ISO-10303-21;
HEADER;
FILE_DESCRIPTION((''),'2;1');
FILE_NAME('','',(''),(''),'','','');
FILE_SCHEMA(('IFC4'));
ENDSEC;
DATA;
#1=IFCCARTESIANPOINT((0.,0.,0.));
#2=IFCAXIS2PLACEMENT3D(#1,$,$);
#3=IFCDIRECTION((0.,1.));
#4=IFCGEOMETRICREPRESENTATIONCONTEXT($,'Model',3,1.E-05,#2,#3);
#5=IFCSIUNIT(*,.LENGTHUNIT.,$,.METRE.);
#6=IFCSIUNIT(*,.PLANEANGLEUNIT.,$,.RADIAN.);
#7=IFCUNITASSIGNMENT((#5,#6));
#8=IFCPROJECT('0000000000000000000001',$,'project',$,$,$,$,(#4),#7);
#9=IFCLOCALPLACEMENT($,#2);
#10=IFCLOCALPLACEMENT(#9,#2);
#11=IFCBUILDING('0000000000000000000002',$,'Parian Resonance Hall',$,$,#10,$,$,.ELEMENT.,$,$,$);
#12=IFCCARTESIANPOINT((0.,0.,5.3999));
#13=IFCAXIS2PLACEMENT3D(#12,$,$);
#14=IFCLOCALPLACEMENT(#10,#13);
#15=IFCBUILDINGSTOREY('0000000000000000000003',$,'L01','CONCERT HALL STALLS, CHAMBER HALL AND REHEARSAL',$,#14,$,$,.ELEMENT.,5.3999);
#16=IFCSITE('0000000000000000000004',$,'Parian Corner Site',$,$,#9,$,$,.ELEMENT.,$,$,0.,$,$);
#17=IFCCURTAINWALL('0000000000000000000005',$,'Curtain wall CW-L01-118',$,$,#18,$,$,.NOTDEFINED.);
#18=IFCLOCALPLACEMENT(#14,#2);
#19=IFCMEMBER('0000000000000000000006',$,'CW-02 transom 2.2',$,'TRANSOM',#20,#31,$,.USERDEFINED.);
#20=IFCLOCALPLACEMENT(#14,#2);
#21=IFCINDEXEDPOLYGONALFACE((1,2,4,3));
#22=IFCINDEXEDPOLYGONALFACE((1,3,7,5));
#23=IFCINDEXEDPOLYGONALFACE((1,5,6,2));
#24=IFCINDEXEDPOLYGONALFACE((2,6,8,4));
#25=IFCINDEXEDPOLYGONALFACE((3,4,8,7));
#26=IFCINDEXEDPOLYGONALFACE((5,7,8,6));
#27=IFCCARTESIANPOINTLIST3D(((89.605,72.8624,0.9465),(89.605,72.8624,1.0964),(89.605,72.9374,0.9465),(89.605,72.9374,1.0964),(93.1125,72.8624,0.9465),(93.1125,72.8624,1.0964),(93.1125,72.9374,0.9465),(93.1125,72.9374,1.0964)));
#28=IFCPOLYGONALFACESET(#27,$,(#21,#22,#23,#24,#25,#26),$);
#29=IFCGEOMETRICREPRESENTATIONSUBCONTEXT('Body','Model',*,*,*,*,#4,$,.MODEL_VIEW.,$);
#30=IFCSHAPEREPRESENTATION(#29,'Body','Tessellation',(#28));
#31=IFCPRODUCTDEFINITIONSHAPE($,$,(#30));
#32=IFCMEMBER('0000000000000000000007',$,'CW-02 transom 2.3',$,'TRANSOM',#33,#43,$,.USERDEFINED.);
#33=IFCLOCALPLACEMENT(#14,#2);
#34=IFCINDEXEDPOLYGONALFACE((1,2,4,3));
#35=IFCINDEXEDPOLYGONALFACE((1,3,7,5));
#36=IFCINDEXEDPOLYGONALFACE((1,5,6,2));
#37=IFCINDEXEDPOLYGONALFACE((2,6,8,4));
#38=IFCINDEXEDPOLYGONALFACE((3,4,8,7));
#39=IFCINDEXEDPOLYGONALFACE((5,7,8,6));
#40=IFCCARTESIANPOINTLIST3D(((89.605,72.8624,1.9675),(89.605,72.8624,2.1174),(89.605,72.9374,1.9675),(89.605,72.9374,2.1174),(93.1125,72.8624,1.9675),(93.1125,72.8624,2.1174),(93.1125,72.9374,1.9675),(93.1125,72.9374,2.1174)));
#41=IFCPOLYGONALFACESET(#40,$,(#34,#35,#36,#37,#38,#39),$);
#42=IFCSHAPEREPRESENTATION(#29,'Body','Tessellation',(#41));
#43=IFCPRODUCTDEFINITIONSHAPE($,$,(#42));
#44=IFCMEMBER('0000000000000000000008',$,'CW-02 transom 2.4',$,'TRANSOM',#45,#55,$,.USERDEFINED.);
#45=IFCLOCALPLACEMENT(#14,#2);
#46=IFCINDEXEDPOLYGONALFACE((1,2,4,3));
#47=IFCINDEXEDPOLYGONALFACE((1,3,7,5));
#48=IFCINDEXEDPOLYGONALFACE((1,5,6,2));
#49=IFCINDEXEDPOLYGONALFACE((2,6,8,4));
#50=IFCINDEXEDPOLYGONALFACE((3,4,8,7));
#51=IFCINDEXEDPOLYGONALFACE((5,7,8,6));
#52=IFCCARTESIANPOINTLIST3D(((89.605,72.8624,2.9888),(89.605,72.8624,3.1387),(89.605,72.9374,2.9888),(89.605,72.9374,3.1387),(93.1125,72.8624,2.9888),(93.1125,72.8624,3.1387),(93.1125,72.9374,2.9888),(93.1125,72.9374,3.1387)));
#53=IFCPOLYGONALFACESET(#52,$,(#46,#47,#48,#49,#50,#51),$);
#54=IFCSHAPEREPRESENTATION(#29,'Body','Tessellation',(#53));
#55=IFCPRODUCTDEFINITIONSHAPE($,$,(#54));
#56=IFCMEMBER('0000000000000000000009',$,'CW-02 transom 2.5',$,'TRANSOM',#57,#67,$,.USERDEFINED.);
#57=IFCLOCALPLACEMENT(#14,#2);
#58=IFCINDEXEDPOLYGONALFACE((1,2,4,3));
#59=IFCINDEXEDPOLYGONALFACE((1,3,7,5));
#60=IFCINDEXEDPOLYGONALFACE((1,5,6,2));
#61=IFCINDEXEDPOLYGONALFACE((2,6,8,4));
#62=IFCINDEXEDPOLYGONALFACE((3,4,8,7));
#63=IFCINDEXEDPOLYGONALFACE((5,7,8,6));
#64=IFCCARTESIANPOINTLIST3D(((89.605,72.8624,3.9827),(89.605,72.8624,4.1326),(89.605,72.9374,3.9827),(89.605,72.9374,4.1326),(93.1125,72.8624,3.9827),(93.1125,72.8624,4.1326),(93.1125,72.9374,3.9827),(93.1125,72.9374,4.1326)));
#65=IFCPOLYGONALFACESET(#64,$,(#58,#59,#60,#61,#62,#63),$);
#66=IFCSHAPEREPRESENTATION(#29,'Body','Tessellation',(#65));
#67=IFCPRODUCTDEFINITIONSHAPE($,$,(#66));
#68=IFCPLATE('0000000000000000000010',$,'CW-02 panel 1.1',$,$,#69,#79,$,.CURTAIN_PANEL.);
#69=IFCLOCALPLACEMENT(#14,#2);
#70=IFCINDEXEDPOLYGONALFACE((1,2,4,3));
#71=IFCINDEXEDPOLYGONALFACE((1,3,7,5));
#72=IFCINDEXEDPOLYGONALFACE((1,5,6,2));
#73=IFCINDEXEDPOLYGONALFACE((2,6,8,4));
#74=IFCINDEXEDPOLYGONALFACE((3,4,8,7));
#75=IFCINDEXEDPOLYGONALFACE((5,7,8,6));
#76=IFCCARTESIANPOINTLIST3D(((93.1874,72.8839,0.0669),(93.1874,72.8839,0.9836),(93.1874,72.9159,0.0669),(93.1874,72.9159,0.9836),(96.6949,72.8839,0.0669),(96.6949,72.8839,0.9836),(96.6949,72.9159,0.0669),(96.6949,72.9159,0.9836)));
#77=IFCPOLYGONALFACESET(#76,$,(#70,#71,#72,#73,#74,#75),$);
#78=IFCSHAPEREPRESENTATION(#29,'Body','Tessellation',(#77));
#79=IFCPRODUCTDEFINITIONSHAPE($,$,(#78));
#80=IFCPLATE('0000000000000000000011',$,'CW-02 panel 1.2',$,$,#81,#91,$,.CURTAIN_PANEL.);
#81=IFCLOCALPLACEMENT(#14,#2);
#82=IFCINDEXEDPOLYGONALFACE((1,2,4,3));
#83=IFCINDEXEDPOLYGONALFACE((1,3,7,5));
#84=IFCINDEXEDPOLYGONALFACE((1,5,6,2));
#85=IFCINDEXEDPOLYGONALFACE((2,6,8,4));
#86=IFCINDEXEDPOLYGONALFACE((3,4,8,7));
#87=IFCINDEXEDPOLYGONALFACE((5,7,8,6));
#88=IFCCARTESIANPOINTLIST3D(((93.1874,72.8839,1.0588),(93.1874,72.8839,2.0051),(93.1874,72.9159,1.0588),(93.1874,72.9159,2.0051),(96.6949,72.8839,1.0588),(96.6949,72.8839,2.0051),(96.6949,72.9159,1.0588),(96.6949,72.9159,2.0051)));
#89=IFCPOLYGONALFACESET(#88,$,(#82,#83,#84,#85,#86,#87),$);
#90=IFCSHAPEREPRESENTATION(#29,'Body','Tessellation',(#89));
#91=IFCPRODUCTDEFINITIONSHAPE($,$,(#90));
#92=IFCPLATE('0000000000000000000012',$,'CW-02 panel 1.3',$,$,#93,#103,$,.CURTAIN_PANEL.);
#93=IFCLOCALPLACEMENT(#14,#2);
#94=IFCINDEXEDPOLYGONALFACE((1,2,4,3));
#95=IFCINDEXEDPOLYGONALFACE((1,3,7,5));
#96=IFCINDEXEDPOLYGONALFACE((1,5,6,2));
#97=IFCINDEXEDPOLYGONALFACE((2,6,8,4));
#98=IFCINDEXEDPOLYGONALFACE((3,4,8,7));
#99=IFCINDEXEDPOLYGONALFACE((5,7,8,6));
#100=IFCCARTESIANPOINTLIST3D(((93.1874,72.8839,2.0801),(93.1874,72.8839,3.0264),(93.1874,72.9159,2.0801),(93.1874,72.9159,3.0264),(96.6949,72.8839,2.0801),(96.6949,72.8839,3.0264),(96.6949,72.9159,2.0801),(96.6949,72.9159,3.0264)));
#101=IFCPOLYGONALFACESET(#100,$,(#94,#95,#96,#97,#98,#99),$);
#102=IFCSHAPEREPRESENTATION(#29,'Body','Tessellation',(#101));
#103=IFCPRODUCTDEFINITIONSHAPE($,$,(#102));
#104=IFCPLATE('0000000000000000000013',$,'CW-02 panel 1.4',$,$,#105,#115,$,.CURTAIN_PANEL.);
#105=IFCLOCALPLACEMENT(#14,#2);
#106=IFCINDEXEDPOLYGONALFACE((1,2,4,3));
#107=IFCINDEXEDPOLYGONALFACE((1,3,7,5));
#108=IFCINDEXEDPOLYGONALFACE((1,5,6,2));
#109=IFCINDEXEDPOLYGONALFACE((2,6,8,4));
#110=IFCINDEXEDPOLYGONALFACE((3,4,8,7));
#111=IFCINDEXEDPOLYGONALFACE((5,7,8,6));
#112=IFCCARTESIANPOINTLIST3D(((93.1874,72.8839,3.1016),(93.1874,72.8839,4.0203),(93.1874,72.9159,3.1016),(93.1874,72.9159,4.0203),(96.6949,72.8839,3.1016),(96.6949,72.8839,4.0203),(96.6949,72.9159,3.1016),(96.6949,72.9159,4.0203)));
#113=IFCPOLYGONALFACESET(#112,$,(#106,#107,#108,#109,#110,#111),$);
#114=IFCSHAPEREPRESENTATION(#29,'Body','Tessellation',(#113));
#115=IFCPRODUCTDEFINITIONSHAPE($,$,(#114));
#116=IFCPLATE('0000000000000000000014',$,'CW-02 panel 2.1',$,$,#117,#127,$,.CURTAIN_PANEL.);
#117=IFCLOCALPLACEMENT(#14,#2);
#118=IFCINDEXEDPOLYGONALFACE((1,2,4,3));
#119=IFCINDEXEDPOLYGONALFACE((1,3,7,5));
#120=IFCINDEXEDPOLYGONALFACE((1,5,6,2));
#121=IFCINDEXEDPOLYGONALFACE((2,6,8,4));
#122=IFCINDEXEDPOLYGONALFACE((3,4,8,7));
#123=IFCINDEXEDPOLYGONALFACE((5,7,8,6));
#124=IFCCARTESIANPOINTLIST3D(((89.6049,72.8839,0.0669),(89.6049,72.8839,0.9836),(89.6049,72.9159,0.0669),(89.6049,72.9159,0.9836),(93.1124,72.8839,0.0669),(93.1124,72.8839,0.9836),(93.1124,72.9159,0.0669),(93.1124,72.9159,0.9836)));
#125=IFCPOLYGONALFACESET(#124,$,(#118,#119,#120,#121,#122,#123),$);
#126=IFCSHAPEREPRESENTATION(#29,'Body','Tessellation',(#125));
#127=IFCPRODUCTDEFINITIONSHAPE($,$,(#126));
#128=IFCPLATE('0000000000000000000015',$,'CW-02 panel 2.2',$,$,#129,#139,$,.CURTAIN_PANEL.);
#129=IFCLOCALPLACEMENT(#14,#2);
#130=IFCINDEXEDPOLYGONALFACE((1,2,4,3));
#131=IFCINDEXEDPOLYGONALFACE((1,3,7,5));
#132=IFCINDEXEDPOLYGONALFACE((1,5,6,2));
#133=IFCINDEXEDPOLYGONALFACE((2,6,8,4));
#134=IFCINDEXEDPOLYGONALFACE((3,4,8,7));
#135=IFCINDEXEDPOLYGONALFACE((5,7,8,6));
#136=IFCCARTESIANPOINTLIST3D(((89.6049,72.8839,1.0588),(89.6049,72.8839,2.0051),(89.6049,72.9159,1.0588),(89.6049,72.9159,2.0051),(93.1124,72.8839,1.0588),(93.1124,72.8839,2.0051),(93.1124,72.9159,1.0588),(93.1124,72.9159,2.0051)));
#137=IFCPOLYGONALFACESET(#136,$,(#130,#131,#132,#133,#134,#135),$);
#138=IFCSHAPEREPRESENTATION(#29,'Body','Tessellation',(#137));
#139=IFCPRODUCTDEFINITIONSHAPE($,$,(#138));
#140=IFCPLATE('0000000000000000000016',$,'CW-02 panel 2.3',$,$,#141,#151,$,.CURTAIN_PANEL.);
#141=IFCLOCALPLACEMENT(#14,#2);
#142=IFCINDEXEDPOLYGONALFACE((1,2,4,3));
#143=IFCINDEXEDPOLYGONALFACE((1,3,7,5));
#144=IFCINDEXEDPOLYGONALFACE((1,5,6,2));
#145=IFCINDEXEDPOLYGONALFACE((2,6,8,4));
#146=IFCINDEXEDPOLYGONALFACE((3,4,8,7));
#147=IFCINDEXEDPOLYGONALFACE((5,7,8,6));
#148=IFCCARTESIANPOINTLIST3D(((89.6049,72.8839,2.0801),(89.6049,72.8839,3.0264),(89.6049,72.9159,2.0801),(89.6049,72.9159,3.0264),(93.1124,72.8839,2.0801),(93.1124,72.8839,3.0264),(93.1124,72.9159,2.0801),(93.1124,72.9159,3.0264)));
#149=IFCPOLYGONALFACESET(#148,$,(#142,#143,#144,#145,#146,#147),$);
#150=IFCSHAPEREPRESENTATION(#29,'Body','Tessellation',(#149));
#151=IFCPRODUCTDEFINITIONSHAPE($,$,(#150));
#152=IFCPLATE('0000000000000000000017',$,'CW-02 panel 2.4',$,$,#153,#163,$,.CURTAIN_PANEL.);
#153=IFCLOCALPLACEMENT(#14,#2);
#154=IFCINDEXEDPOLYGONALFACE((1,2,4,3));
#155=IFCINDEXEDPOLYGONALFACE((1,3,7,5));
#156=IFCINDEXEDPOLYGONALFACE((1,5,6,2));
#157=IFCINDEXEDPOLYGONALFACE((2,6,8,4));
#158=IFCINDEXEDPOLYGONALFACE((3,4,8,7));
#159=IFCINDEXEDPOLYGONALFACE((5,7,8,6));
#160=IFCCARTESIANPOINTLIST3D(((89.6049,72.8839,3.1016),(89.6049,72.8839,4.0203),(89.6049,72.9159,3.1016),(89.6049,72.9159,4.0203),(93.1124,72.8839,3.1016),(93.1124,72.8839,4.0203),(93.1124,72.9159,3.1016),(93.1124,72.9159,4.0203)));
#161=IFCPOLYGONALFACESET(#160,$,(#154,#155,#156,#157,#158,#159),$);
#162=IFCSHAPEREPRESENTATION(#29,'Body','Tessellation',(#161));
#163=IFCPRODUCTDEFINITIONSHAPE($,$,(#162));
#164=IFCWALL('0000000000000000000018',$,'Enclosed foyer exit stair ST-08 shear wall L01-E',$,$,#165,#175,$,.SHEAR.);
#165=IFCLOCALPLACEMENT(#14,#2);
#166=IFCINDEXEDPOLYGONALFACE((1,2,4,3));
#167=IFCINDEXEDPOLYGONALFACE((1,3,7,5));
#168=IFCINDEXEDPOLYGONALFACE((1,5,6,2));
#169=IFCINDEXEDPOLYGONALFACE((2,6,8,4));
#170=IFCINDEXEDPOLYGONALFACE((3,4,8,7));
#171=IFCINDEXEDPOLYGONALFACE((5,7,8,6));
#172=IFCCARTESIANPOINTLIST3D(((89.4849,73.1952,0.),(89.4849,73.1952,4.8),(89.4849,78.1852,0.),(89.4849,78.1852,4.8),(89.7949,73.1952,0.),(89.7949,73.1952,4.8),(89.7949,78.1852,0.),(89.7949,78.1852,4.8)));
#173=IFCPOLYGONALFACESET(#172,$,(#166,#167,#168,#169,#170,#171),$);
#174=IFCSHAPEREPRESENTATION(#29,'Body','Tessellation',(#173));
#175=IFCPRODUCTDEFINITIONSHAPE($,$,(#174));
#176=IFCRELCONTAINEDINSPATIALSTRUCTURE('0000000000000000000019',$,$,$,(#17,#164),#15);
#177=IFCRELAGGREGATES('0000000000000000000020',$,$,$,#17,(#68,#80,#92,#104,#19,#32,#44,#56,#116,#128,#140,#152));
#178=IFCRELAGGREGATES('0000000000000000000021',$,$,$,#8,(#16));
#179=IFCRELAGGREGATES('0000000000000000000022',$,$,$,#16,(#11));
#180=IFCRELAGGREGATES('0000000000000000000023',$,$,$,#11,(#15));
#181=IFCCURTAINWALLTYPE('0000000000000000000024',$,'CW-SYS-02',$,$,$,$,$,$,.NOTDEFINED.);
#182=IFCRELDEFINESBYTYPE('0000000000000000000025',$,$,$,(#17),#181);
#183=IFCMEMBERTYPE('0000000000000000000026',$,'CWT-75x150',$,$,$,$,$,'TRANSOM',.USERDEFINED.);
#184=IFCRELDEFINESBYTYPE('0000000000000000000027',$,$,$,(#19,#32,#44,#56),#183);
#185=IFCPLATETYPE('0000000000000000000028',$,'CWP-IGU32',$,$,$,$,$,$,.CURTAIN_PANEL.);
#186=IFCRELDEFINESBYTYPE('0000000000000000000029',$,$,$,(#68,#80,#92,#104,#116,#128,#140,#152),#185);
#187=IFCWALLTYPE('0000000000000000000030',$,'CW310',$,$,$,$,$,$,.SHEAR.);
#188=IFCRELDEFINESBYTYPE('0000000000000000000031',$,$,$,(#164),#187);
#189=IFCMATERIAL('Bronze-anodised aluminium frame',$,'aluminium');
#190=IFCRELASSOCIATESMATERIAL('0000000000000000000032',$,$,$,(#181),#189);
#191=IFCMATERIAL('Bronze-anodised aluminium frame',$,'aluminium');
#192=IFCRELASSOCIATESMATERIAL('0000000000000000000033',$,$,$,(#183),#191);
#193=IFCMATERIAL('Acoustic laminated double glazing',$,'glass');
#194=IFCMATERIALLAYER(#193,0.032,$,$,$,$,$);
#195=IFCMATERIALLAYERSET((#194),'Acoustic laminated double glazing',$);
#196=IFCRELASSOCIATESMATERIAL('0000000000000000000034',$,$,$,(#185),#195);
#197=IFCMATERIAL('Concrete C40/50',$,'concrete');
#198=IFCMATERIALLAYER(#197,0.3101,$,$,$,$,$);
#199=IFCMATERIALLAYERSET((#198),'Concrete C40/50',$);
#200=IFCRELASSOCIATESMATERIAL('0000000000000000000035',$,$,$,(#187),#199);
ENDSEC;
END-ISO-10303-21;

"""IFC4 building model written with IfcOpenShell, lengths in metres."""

from ifc_helpers import new_model, si_unit, direction, frame, frame_2d, origin, origin_2d, place, context, subcontext, project, spatial, rectangle, extrude, material, layer, layer_set, material_profile, profile_set, type_object, element, aggregate, save


model = new_model("IFC4")

# Units and contexts
model_context = context("Model", 3, precision=1e-05, world=origin(), true_north=direction((0.0, 1.0)))
body_context = subcontext(model_context, "Body", "Model", "MODEL_VIEW")
ifc_project = project(units=[si_unit("LENGTHUNIT", "METRE"), si_unit("PLANEANGLEUNIT", "RADIAN")], contexts=[model_context])

# Site, building, storey
site_placement = place(None, origin())
site = spatial("IfcSite", under=ifc_project, at=site_placement, Name="Parian Corner Site", CompositionType="ELEMENT", RefElevation=0.0)
building_placement = place(site_placement, origin())
building = spatial("IfcBuilding", under=site, at=building_placement, Name="Parian Resonance Hall", CompositionType="ELEMENT")
storey_placement = place(building_placement, frame((0.0, 0.0, 5.3999)))
storey = spatial("IfcBuildingStorey", under=building, at=storey_placement, Name="L01", Description="CONCERT HALL STALLS, CHAMBER HALL AND REHEARSAL", CompositionType="ELEMENT", Elevation=5.3999)

# Curtain wall, members, plates
ifc_material_1 = material(Name="Bronze-anodised aluminium frame", Category="aluminium")
curtain_wall_type = type_object("IfcCurtainWallType", Name="CW-SYS-02", PredefinedType="NOTDEFINED", material=ifc_material_1)
curtain_wall_placement = place(storey_placement, origin())
curtain_wall = element("IfcCurtainWall", 1, at=curtain_wall_placement, inside=storey, type_object=curtain_wall_type, Name="Curtain wall CW-L01-118", PredefinedType="NOTDEFINED")
ifc_material_2 = material(Name="Bronze-anodised aluminium frame", Category="aluminium")
ifc_material_profile_1 = material_profile(ifc_material_2, rectangle(XDim=0.075, YDim=0.1499, at=origin_2d()), Name="CWT-75x150")
ifc_profile_set_1 = profile_set([ifc_material_profile_1], Name="Bronze-anodised aluminium frame")
member_type_1 = type_object("IfcMemberType", Name="CWT-75x150", ElementType="TRANSOM", PredefinedType="USERDEFINED", material=ifc_profile_set_1)
member_1_placement = place(storey_placement, frame((93.1125, 72.8999, 1.0215), z_axis=(-1.0, 0.0, 0.0), x_axis=(0.0, -1.0, 0.0)))
member_1 = element("IfcMember", 2, at=member_1_placement, type_object=member_type_1, Name="CW-02 transom 2.2", ObjectType="TRANSOM", PredefinedType="USERDEFINED", context=body_context, shape_type="SweptSolid", body=[
    extrude(rectangle(XDim=0.075, YDim=0.1499, at=origin_2d()), origin(), (0.0, 0.0, 1.0), 3.5076),
])
member_2_placement = place(storey_placement, frame((93.1125, 72.8999, 2.0425), z_axis=(-1.0, 0.0, 0.0), x_axis=(0.0, -1.0, 0.0)))
member_2 = element("IfcMember", 3, at=member_2_placement, type_object=member_type_1, Name="CW-02 transom 2.3", ObjectType="TRANSOM", PredefinedType="USERDEFINED", context=body_context, shape_type="SweptSolid", body=[
    extrude(rectangle(XDim=0.075, YDim=0.1499, at=origin_2d()), origin(), (0.0, 0.0, 1.0), 3.5076),
])
member_3_placement = place(storey_placement, frame((93.1125, 72.8999, 3.0637), z_axis=(-1.0, 0.0, 0.0), x_axis=(0.0, -1.0, 0.0)))
member_3 = element("IfcMember", 4, at=member_3_placement, type_object=member_type_1, Name="CW-02 transom 2.4", ObjectType="TRANSOM", PredefinedType="USERDEFINED", context=body_context, shape_type="SweptSolid", body=[
    extrude(rectangle(XDim=0.075, YDim=0.1499, at=origin_2d()), origin(), (0.0, 0.0, 1.0), 3.5076),
])
member_4_placement = place(storey_placement, frame((93.1125, 72.8999, 4.0576), z_axis=(-1.0, 0.0, 0.0), x_axis=(0.0, -1.0, 0.0)))
member_4 = element("IfcMember", 5, at=member_4_placement, type_object=member_type_1, Name="CW-02 transom 2.5", ObjectType="TRANSOM", PredefinedType="USERDEFINED", context=body_context, shape_type="SweptSolid", body=[
    extrude(rectangle(XDim=0.075, YDim=0.1499, at=origin_2d()), origin(), (0.0, 0.0, 1.0), 3.5076),
])
ifc_material_3 = material(Name="Acoustic laminated double glazing", Category="glass")
ifc_layer_1 = layer(ifc_material_3, 0.032)
ifc_layer_set_1 = layer_set([ifc_layer_1], Name="Acoustic laminated double glazing")
plate_type = type_object("IfcPlateType", Name="CWP-IGU32", PredefinedType="CURTAIN_PANEL", material=ifc_layer_set_1)
plate_1_placement = place(storey_placement, frame((94.9412, 72.8999, 0.0669), z_axis=(0.0, 0.0, 1.0), x_axis=(-1.0, 0.0, 0.0)))
plate_1 = element("IfcPlate", 6, at=plate_1_placement, type_object=plate_type, Name="CW-02 panel 1.1", PredefinedType="CURTAIN_PANEL", context=body_context, shape_type="SweptSolid", body=[
    extrude(rectangle(XDim=3.5076, YDim=0.032, at=origin_2d()), origin(), (0.0, 0.0, 1.0), 0.9167),
])
plate_2_placement = place(storey_placement, frame((94.9412, 72.8999, 1.0588), z_axis=(0.0, 0.0, 1.0), x_axis=(-1.0, 0.0, 0.0)))
plate_2 = element("IfcPlate", 7, at=plate_2_placement, type_object=plate_type, Name="CW-02 panel 1.2", PredefinedType="CURTAIN_PANEL", context=body_context, shape_type="SweptSolid", body=[
    extrude(rectangle(XDim=3.5076, YDim=0.032, at=origin_2d()), origin(), (0.0, 0.0, 1.0), 0.9463),
])
plate_3_placement = place(storey_placement, frame((94.9412, 72.8999, 2.0801), z_axis=(0.0, 0.0, 1.0), x_axis=(-1.0, 0.0, 0.0)))
plate_3 = element("IfcPlate", 8, at=plate_3_placement, type_object=plate_type, Name="CW-02 panel 1.3", PredefinedType="CURTAIN_PANEL", context=body_context, shape_type="SweptSolid", body=[
    extrude(rectangle(XDim=3.5076, YDim=0.032, at=origin_2d()), origin(), (0.0, 0.0, 1.0), 0.9463),
])
plate_4_placement = place(storey_placement, frame((94.9412, 72.8999, 3.1016), z_axis=(0.0, 0.0, 1.0), x_axis=(-1.0, 0.0, 0.0)))
plate_4 = element("IfcPlate", 9, at=plate_4_placement, type_object=plate_type, Name="CW-02 panel 1.4", PredefinedType="CURTAIN_PANEL", context=body_context, shape_type="SweptSolid", body=[
    extrude(rectangle(XDim=3.5076, YDim=0.032, at=origin_2d()), origin(), (0.0, 0.0, 1.0), 0.9187),
])
plate_5_placement = place(storey_placement, frame((91.3586, 72.8999, 0.0669), z_axis=(0.0, 0.0, 1.0), x_axis=(-1.0, 0.0, 0.0)))
plate_5 = element("IfcPlate", 10, at=plate_5_placement, type_object=plate_type, Name="CW-02 panel 2.1", PredefinedType="CURTAIN_PANEL", context=body_context, shape_type="SweptSolid", body=[
    extrude(rectangle(XDim=3.5076, YDim=0.032, at=origin_2d()), origin(), (0.0, 0.0, 1.0), 0.9167),
])
plate_6_placement = place(storey_placement, frame((91.3586, 72.8999, 1.0588), z_axis=(0.0, 0.0, 1.0), x_axis=(-1.0, 0.0, 0.0)))
plate_6 = element("IfcPlate", 11, at=plate_6_placement, type_object=plate_type, Name="CW-02 panel 2.2", PredefinedType="CURTAIN_PANEL", context=body_context, shape_type="SweptSolid", body=[
    extrude(rectangle(XDim=3.5076, YDim=0.032, at=origin_2d()), origin(), (0.0, 0.0, 1.0), 0.9463),
])
plate_7_placement = place(storey_placement, frame((91.3586, 72.8999, 2.0801), z_axis=(0.0, 0.0, 1.0), x_axis=(-1.0, 0.0, 0.0)))
plate_7 = element("IfcPlate", 12, at=plate_7_placement, type_object=plate_type, Name="CW-02 panel 2.3", PredefinedType="CURTAIN_PANEL", context=body_context, shape_type="SweptSolid", body=[
    extrude(rectangle(XDim=3.5076, YDim=0.032, at=origin_2d()), origin(), (0.0, 0.0, 1.0), 0.9463),
])
plate_8_placement = place(storey_placement, frame((91.3586, 72.8999, 3.1016), z_axis=(0.0, 0.0, 1.0), x_axis=(-1.0, 0.0, 0.0)))
plate_8 = element("IfcPlate", 13, at=plate_8_placement, type_object=plate_type, Name="CW-02 panel 2.4", PredefinedType="CURTAIN_PANEL", context=body_context, shape_type="SweptSolid", body=[
    extrude(rectangle(XDim=3.5076, YDim=0.032, at=origin_2d()), origin(), (0.0, 0.0, 1.0), 0.9187),
])
aggregate(curtain_wall, [plate_1, plate_2, plate_3, plate_4, member_1, member_2, member_3, member_4, plate_5, plate_6, plate_7, plate_8])

# Wall
ifc_material_4 = material(Name="Concrete C40/50", Category="concrete")
ifc_layer_2 = layer(ifc_material_4, 0.3101)
ifc_layer_set_2 = layer_set([ifc_layer_2], Name="Concrete C40/50")
wall_type = type_object("IfcWallType", Name="CW310", PredefinedType="SHEAR", material=ifc_layer_set_2)
wall_placement = place(storey_placement, frame((89.6399, 73.1951, 0.0), z_axis=(0.0, 0.0, 1.0), x_axis=(0.0, 1.0, 0.0)))
element("IfcWall", 14, at=wall_placement, inside=storey, type_object=wall_type, Name="Enclosed foyer exit stair ST-08 shear wall L01-E", PredefinedType="SHEAR", context=body_context, shape_type="SweptSolid", body=[
    extrude(rectangle(XDim=4.99, YDim=0.3101, at=frame_2d((2.4951, 0.0))), origin(), (0.0, 0.0, 1.0), 4.8),
])

save(model, "model.ifc")
